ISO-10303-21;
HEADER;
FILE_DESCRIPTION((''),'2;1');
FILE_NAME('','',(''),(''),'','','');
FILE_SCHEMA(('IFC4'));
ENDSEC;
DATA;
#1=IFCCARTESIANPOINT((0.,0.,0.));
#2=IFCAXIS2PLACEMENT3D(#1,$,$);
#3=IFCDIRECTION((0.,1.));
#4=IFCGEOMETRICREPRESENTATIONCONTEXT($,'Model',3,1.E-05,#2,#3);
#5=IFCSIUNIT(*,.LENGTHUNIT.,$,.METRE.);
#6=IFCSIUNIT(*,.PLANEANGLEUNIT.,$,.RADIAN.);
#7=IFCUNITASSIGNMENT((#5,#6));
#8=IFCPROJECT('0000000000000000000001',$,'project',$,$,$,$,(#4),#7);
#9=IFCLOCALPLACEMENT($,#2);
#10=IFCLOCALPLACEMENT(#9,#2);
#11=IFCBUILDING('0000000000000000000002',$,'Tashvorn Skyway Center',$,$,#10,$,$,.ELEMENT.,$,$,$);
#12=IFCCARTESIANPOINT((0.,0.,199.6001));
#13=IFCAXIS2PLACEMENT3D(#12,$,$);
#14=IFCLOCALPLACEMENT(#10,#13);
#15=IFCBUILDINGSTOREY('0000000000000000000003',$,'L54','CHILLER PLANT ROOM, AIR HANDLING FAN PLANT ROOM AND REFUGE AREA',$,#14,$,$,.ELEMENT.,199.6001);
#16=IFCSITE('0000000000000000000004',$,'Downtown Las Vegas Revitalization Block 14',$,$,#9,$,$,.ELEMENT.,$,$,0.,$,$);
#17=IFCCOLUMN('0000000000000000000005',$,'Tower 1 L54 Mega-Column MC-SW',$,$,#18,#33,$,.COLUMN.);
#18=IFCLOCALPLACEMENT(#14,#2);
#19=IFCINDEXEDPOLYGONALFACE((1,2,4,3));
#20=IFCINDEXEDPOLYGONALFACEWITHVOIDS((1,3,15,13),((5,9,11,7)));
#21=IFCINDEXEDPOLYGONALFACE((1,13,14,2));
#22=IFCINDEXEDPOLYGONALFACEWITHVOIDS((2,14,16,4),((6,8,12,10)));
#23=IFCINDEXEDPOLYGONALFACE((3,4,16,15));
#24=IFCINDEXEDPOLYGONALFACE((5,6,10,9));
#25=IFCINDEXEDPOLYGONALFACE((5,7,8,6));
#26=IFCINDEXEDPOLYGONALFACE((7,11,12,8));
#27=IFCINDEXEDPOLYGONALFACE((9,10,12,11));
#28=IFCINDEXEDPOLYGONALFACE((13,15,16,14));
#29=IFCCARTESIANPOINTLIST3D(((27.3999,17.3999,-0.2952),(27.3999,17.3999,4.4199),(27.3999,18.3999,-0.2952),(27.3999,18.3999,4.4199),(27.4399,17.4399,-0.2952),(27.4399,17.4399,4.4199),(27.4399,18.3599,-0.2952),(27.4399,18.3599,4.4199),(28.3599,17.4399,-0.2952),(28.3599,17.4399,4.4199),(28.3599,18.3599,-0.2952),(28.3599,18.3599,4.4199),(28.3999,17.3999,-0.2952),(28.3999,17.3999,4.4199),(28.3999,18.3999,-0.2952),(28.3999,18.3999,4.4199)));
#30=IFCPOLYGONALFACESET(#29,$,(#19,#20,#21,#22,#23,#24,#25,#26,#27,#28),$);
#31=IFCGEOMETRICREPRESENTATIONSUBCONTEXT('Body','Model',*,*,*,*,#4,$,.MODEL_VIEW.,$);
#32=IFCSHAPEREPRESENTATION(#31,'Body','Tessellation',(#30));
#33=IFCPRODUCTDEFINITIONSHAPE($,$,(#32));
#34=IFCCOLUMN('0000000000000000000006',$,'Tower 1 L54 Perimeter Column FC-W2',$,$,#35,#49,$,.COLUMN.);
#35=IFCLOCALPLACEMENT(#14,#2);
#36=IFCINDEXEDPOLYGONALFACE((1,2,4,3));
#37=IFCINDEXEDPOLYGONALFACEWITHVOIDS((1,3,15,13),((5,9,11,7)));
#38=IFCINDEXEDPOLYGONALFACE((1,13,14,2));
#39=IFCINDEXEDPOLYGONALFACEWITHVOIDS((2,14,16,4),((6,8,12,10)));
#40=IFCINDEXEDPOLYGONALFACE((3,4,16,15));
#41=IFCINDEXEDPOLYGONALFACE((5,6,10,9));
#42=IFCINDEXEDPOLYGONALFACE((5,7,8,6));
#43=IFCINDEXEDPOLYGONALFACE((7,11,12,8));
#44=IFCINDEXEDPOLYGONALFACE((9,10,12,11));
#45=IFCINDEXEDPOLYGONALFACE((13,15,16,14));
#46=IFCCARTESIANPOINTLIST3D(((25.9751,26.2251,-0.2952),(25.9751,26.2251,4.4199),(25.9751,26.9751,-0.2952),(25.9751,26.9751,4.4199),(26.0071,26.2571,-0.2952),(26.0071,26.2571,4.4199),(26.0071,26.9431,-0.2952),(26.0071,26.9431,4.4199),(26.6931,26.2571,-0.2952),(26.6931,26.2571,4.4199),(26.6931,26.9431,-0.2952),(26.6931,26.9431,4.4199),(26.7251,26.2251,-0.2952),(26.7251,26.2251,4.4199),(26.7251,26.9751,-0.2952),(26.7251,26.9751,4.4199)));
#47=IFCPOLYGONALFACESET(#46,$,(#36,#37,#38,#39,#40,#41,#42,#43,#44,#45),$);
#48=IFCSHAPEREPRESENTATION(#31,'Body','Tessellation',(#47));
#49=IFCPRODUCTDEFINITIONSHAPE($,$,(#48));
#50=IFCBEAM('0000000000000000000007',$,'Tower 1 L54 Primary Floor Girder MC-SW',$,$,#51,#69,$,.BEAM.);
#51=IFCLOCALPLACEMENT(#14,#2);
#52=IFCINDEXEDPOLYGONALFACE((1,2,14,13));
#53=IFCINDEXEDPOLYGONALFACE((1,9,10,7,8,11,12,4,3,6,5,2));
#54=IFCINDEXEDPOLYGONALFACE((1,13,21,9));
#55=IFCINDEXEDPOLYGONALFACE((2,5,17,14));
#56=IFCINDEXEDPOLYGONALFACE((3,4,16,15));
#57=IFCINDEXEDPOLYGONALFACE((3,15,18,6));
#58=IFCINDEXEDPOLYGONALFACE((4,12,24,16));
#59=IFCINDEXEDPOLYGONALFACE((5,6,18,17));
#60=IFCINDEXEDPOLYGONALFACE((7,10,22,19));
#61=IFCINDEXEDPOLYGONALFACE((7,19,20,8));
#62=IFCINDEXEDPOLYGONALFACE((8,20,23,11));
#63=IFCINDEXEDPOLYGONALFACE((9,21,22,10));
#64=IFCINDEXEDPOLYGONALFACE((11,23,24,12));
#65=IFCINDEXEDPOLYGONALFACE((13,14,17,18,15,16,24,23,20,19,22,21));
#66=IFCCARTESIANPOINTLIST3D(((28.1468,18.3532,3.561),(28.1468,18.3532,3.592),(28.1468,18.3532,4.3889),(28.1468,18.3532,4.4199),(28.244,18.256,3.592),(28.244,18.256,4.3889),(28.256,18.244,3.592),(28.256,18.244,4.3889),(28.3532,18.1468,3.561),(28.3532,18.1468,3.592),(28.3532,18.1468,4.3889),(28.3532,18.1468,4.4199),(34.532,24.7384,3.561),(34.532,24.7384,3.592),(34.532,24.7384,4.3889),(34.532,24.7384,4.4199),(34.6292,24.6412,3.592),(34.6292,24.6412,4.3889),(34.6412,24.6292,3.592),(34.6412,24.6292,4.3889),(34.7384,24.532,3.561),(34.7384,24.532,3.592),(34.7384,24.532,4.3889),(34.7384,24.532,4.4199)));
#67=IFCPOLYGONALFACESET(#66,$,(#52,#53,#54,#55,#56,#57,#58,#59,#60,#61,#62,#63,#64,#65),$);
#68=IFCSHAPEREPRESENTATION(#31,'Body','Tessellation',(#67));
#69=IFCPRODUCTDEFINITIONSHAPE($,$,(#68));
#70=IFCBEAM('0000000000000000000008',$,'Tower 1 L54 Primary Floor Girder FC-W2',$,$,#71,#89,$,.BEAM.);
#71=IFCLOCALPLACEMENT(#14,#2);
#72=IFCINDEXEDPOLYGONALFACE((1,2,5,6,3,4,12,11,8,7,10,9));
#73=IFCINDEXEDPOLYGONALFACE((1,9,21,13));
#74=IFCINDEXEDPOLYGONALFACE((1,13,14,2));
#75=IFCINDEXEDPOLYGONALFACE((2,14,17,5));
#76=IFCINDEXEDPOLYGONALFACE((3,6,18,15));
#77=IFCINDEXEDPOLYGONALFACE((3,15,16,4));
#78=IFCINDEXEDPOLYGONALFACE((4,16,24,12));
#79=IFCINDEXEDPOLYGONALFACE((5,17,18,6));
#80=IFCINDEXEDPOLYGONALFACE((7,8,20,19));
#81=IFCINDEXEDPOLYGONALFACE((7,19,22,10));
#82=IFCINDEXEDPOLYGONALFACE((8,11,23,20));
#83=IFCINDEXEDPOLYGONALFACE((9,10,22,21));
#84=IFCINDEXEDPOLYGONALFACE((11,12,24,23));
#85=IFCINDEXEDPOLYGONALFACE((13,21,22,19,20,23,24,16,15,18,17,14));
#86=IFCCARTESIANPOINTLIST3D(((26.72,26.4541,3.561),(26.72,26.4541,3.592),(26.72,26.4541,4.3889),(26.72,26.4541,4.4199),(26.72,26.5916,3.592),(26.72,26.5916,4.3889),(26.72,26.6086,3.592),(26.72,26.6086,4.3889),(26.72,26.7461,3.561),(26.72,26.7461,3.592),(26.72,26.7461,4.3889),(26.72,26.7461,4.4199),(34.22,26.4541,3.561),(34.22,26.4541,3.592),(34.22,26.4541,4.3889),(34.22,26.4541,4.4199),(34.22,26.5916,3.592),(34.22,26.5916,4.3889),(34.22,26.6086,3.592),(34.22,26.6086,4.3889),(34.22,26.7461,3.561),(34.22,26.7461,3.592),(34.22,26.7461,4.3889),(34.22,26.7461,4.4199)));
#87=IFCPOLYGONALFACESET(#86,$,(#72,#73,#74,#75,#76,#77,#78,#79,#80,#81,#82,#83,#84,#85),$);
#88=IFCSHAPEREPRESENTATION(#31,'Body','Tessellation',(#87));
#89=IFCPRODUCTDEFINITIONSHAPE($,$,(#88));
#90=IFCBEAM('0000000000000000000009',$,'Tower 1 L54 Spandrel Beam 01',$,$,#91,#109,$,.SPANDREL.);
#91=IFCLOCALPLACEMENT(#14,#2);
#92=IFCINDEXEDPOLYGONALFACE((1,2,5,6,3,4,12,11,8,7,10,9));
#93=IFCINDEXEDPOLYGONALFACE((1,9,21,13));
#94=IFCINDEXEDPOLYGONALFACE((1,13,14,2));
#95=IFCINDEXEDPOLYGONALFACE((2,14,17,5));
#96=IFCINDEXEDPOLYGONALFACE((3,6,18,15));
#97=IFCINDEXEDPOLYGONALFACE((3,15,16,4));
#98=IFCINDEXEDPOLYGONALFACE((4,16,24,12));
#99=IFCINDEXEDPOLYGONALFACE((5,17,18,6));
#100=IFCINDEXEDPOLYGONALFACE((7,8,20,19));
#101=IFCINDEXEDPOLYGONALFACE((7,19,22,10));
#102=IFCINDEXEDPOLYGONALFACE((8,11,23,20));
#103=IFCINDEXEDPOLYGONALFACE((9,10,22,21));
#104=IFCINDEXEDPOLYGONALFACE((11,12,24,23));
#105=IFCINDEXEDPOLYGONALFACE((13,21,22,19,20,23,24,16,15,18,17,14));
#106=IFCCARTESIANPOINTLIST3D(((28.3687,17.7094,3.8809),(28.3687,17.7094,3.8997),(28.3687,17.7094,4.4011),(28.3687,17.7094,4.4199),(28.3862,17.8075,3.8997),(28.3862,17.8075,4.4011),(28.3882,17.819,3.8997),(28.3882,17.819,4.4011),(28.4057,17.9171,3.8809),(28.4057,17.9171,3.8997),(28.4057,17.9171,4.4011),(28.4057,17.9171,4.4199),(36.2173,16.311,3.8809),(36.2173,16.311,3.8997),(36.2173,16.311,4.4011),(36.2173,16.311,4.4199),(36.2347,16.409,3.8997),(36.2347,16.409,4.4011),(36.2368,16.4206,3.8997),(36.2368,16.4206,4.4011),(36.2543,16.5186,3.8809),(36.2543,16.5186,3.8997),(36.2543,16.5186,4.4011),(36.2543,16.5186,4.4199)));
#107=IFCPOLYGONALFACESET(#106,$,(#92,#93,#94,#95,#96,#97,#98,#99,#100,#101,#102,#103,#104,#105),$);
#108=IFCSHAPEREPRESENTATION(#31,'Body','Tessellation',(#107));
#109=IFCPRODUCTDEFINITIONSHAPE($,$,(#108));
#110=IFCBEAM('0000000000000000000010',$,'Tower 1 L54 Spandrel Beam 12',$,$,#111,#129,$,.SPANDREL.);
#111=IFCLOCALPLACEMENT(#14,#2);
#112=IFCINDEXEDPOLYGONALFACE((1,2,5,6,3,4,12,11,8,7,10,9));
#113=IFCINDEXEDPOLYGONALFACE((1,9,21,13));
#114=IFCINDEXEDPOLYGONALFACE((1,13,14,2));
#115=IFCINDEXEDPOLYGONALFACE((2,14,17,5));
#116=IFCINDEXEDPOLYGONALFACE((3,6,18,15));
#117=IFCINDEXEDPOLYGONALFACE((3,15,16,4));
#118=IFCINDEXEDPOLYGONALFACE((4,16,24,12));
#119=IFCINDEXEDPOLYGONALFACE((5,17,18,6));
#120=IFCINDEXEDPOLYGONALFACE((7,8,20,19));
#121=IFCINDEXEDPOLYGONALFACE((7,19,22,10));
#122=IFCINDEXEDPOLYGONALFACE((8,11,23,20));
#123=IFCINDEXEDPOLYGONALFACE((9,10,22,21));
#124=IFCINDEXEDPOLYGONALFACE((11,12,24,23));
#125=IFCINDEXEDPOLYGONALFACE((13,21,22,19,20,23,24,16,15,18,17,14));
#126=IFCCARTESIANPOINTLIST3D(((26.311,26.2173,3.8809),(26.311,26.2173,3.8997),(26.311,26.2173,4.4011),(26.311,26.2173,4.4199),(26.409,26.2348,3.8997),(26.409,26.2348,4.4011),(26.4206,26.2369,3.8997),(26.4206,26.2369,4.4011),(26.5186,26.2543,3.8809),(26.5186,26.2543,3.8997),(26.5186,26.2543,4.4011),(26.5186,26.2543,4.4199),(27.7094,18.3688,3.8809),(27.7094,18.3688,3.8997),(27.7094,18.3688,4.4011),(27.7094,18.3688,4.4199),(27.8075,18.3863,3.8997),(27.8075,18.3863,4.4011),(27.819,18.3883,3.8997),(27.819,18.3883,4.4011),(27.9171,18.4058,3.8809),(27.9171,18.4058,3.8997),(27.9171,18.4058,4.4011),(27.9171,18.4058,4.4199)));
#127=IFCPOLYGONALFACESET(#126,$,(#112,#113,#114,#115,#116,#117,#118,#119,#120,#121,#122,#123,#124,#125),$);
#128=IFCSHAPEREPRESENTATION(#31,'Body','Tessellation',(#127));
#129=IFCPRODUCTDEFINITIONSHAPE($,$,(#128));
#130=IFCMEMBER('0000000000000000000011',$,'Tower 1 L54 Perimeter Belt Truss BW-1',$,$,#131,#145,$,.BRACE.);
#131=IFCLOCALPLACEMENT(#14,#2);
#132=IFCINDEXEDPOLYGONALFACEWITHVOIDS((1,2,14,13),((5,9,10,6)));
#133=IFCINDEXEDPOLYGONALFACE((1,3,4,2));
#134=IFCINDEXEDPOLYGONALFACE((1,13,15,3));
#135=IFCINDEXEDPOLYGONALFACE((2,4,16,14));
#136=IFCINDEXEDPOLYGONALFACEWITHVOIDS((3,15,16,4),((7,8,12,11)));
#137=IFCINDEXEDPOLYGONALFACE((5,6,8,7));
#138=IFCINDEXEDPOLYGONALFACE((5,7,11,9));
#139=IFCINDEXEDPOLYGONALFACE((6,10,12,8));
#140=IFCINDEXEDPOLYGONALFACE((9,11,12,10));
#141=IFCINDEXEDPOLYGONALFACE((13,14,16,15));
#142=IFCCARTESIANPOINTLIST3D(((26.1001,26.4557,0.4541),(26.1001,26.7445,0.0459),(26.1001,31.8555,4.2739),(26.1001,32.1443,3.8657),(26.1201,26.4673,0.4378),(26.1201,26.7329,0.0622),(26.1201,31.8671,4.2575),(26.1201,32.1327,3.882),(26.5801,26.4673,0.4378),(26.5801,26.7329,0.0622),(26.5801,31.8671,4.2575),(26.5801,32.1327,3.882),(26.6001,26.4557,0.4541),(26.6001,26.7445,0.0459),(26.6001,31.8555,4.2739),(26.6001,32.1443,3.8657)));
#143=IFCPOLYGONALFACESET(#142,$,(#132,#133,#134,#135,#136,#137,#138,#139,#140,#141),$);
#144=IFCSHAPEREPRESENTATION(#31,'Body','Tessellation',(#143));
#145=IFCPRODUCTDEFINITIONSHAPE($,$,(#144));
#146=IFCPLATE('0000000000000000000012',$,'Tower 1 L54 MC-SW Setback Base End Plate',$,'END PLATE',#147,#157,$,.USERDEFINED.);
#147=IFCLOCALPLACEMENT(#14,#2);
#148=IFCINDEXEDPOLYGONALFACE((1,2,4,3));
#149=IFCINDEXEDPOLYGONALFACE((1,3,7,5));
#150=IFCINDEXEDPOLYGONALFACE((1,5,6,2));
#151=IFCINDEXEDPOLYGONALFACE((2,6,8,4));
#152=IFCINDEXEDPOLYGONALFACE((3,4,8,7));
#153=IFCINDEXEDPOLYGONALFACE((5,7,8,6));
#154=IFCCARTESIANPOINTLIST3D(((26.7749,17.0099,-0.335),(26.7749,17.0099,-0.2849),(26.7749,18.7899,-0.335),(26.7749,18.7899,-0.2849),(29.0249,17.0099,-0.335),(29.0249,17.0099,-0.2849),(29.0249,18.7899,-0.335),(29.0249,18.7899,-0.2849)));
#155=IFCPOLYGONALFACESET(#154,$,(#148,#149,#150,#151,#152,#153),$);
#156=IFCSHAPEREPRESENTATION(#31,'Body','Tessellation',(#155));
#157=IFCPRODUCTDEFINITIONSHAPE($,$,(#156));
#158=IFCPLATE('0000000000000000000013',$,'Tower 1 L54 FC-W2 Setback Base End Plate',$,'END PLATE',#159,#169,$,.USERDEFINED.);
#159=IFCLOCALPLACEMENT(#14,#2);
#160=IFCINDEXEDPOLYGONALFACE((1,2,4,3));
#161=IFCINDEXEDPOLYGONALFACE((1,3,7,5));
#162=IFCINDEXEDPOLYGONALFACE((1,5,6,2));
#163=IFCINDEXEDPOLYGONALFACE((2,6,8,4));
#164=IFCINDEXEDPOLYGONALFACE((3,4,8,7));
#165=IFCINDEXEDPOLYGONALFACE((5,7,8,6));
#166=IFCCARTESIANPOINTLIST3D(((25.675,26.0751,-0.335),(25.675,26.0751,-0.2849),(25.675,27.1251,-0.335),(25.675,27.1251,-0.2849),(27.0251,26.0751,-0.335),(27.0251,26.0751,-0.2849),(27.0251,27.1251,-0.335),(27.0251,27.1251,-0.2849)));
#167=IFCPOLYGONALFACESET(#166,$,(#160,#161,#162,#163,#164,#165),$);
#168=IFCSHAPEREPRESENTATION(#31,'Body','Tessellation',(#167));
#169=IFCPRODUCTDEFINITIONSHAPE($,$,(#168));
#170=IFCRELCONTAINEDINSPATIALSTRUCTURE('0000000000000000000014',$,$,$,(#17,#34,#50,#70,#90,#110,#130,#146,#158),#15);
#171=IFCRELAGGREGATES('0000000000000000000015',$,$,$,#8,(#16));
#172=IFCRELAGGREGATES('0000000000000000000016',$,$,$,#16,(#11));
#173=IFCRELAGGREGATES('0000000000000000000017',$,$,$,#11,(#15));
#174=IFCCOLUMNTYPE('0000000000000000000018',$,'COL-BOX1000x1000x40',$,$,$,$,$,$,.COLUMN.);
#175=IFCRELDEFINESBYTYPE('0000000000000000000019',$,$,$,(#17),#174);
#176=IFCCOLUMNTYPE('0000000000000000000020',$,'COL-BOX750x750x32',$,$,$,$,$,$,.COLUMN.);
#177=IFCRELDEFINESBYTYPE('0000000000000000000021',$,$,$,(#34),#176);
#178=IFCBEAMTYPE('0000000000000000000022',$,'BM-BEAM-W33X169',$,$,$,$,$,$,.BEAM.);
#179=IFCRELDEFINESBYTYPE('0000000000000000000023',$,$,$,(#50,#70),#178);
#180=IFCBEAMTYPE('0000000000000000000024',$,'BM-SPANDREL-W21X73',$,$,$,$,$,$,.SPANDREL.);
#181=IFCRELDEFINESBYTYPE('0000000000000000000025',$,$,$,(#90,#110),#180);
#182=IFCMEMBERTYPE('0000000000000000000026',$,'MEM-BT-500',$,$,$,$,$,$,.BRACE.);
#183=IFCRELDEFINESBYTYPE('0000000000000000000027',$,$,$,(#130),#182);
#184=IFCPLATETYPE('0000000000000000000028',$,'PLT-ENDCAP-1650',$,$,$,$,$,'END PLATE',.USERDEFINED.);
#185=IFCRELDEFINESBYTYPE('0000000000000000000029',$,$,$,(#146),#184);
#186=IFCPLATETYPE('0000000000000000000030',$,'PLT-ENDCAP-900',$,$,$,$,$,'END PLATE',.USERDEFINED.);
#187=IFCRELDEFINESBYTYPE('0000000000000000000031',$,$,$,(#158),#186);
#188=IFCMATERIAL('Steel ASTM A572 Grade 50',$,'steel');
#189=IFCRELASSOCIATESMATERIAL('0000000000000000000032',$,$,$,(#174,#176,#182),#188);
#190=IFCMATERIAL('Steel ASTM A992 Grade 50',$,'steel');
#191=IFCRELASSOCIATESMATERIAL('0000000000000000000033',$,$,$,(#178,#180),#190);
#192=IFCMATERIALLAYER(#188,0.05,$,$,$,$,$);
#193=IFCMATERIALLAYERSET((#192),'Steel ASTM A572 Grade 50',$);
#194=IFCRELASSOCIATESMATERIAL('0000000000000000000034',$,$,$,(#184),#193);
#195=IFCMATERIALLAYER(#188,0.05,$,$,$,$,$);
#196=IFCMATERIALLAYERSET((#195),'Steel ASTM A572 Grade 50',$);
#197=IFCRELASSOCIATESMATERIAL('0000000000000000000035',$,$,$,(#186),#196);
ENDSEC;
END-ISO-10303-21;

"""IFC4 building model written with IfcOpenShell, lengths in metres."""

from ifc_helpers import new_model, si_unit, direction, frame, origin, origin_2d, place, context, subcontext, project, spatial, rectangle, hollow_rectangle, i_section, extrude, material, layer, layer_set, material_profile, profile_set, type_object, element, save


model = new_model("IFC4")

# Units and contexts
model_context = context("Model", 3, precision=1e-05, world=origin(), true_north=direction((0.0, 1.0)))
body_context = subcontext(model_context, "Body", "Model", "MODEL_VIEW")
ifc_project = project(units=[si_unit("LENGTHUNIT", "METRE"), si_unit("PLANEANGLEUNIT", "RADIAN")], contexts=[model_context])

# Site, building, storey
site_placement = place(None, origin())
site = spatial("IfcSite", under=ifc_project, at=site_placement, Name="Downtown Las Vegas Revitalization Block 14", CompositionType="ELEMENT", RefElevation=0.0)
building_placement = place(site_placement, origin())
building = spatial("IfcBuilding", under=site, at=building_placement, Name="Tashvorn Skyway Center", CompositionType="ELEMENT")
storey_placement = place(building_placement, frame((0.0, 0.0, 199.6001)))
storey = spatial("IfcBuildingStorey", under=building, at=storey_placement, Name="L54", Description="CHILLER PLANT ROOM, AIR HANDLING FAN PLANT ROOM AND REFUGE AREA", CompositionType="ELEMENT", Elevation=199.6001)

# Columns
ifc_material_1 = material(Name="Steel ASTM A572 Grade 50", Category="steel")
ifc_material_profile_1 = material_profile(ifc_material_1, hollow_rectangle(XDim=1.0, YDim=1.0, WallThickness=0.04, at=origin_2d()), Name="BOX1000x1000x40")
ifc_profile_set_1 = profile_set([ifc_material_profile_1], Name="Steel ASTM A572 Grade 50")
column_type_1 = type_object("IfcColumnType", Name="COL-BOX1000x1000x40", PredefinedType="COLUMN", material=ifc_profile_set_1)
column_1_placement = place(storey_placement, frame((27.8999, 17.8999, -0.2952), z_axis=(0.0, 0.0, 1.0), x_axis=(1.0, 0.0, 0.0)))
element("IfcColumn", 1, at=column_1_placement, inside=storey, type_object=column_type_1, Name="Tower 1 L54 Mega-Column MC-SW", PredefinedType="COLUMN", context=body_context, shape_type="SweptSolid", body=[
    extrude(hollow_rectangle(XDim=1.0, YDim=1.0, WallThickness=0.04, at=origin_2d()), origin(), (0.0, 0.0, 1.0), 4.7151),
])
ifc_material_profile_2 = material_profile(ifc_material_1, hollow_rectangle(XDim=0.75, YDim=0.75, WallThickness=0.032, at=origin_2d()), Name="BOX750x750x32")
ifc_profile_set_2 = profile_set([ifc_material_profile_2], Name="Steel ASTM A572 Grade 50")
column_type_2 = type_object("IfcColumnType", Name="COL-BOX750x750x32", PredefinedType="COLUMN", material=ifc_profile_set_2)
column_2_placement = place(storey_placement, frame((26.3501, 26.6001, -0.2952), z_axis=(0.0, 0.0, 1.0), x_axis=(1.0, 0.0, 0.0)))
element("IfcColumn", 2, at=column_2_placement, inside=storey, type_object=column_type_2, Name="Tower 1 L54 Perimeter Column FC-W2", PredefinedType="COLUMN", context=body_context, shape_type="SweptSolid", body=[
    extrude(hollow_rectangle(XDim=0.75, YDim=0.75, WallThickness=0.032, at=origin_2d()), origin(), (0.0, 0.0, 1.0), 4.7151),
])

# Beams
ifc_material_2 = material(Name="Steel ASTM A992 Grade 50", Category="steel")
ifc_material_profile_3 = material_profile(ifc_material_2, i_section(OverallWidth=0.292, OverallDepth=0.8589, WebThickness=0.0171, FlangeThickness=0.031, at=origin_2d()), Name="W33X169")
ifc_profile_set_3 = profile_set([ifc_material_profile_3], Name="Steel ASTM A992 Grade 50")
beam_type_1 = type_object("IfcBeamType", Name="BM-BEAM-W33X169", PredefinedType="BEAM", material=ifc_profile_set_3)
beam_1_placement = place(storey_placement, frame((28.25, 18.25, 3.9905), z_axis=(0.707107, 0.707107, 0.0), x_axis=(-0.707107, 0.707107, 0.0)))
element("IfcBeam", 3, at=beam_1_placement, inside=storey, type_object=beam_type_1, Name="Tower 1 L54 Primary Floor Girder MC-SW", PredefinedType="BEAM", context=body_context, shape_type="SweptSolid", body=[
    extrude(i_section(OverallWidth=0.292, OverallDepth=0.8589, WebThickness=0.0171, FlangeThickness=0.031, at=origin_2d()), origin(), (0.0, 0.0, 1.0), 9.03),
])
beam_2_placement = place(storey_placement, frame((26.72, 26.6001, 3.9905), z_axis=(1.0, 0.0, 0.0), x_axis=(0.0, 1.0, 0.0)))
element("IfcBeam", 4, at=beam_2_placement, inside=storey, type_object=beam_type_1, Name="Tower 1 L54 Primary Floor Girder FC-W2", PredefinedType="BEAM", context=body_context, shape_type="SweptSolid", body=[
    extrude(i_section(OverallWidth=0.292, OverallDepth=0.8589, WebThickness=0.0171, FlangeThickness=0.031, at=origin_2d()), origin(), (0.0, 0.0, 1.0), 7.5),
])
ifc_material_profile_4 = material_profile(ifc_material_2, i_section(OverallWidth=0.2109, OverallDepth=0.5391, WebThickness=0.0117, FlangeThickness=0.0188, at=origin_2d()), Name="W21X73")
ifc_profile_set_4 = profile_set([ifc_material_profile_4], Name="Steel ASTM A992 Grade 50")
beam_type_2 = type_object("IfcBeamType", Name="BM-SPANDREL-W21X73", PredefinedType="SPANDREL", material=ifc_profile_set_4)
for number, where, z_axis, x_axis, name in (
    (5, (28.3872, 17.8132, 4.1504), (0.984495, -0.175413, 0.0), (0.175413, 0.984495, 0.0), "Tower 1 L54 Spandrel Beam 01"),
    (6, (26.4148, 26.2358, 4.1504), (0.175413, -0.984495, 0.0), (0.984495, 0.175413, 0.0), "Tower 1 L54 Spandrel Beam 12"),
):
    element("IfcBeam", number, at=place(storey_placement, frame(where, z_axis=z_axis, x_axis=x_axis)), inside=storey, type_object=beam_type_2, Name=name, PredefinedType="SPANDREL", context=body_context, shape_type="SweptSolid", body=[
        extrude(i_section(OverallWidth=0.2109, OverallDepth=0.5391, WebThickness=0.0117, FlangeThickness=0.0188, at=origin_2d()), origin(), (0.0, 0.0, 1.0), 7.9722),
    ])

# Member
ifc_material_profile_5 = material_profile(ifc_material_1, hollow_rectangle(XDim=0.5, YDim=0.5, WallThickness=0.02, at=origin_2d()), Name="HSS500x500x20")
ifc_profile_set_5 = profile_set([ifc_material_profile_5], Name="Steel ASTM A572 Grade 50")
member_type = type_object("IfcMemberType", Name="MEM-BT-500", PredefinedType="BRACE", material=ifc_profile_set_5)
member_placement = place(storey_placement, frame((26.3501, 26.6001, 0.25), z_axis=(0.0, 0.816388, 0.577503), x_axis=(-1.0, 0.0, 0.0)))
element("IfcMember", 7, at=member_placement, inside=storey, type_object=member_type, Name="Tower 1 L54 Perimeter Belt Truss BW-1", PredefinedType="BRACE", context=body_context, shape_type="SweptSolid", body=[
    extrude(hollow_rectangle(XDim=0.5, YDim=0.5, WallThickness=0.02, at=origin_2d()), origin(), (0.0, 0.0, 1.0), 6.6143),
])

# Plates
ifc_layer_1 = layer(ifc_material_1, 0.05)
ifc_layer_set_1 = layer_set([ifc_layer_1], Name="Steel ASTM A572 Grade 50")
plate_type_1 = type_object("IfcPlateType", Name="PLT-ENDCAP-1650", ElementType="END PLATE", PredefinedType="USERDEFINED", material=ifc_layer_set_1)
plate_1_placement = place(storey_placement, frame((27.8999, 17.8999, -0.335), z_axis=(0.0, 0.0, 1.0), x_axis=(1.0, 0.0, 0.0)))
element("IfcPlate", 8, at=plate_1_placement, inside=storey, type_object=plate_type_1, Name="Tower 1 L54 MC-SW Setback Base End Plate", ObjectType="END PLATE", PredefinedType="USERDEFINED", context=body_context, shape_type="SweptSolid", body=[
    extrude(rectangle(XDim=2.25, YDim=1.78, at=origin_2d()), origin(), (0.0, 0.0, 1.0), 0.05),
])
ifc_layer_2 = layer(ifc_material_1, 0.05)
ifc_layer_set_2 = layer_set([ifc_layer_2], Name="Steel ASTM A572 Grade 50")
plate_type_2 = type_object("IfcPlateType", Name="PLT-ENDCAP-900", ElementType="END PLATE", PredefinedType="USERDEFINED", material=ifc_layer_set_2)
plate_2_placement = place(storey_placement, frame((26.3501, 26.6001, -0.335), z_axis=(0.0, 0.0, 1.0), x_axis=(1.0, 0.0, 0.0)))
element("IfcPlate", 9, at=plate_2_placement, inside=storey, type_object=plate_type_2, Name="Tower 1 L54 FC-W2 Setback Base End Plate", ObjectType="END PLATE", PredefinedType="USERDEFINED", context=body_context, shape_type="SweptSolid", body=[
    extrude(rectangle(XDim=1.3501, YDim=1.05, at=origin_2d()), origin(), (0.0, 0.0, 1.0), 0.05),
])

save(model, "model.ifc")
